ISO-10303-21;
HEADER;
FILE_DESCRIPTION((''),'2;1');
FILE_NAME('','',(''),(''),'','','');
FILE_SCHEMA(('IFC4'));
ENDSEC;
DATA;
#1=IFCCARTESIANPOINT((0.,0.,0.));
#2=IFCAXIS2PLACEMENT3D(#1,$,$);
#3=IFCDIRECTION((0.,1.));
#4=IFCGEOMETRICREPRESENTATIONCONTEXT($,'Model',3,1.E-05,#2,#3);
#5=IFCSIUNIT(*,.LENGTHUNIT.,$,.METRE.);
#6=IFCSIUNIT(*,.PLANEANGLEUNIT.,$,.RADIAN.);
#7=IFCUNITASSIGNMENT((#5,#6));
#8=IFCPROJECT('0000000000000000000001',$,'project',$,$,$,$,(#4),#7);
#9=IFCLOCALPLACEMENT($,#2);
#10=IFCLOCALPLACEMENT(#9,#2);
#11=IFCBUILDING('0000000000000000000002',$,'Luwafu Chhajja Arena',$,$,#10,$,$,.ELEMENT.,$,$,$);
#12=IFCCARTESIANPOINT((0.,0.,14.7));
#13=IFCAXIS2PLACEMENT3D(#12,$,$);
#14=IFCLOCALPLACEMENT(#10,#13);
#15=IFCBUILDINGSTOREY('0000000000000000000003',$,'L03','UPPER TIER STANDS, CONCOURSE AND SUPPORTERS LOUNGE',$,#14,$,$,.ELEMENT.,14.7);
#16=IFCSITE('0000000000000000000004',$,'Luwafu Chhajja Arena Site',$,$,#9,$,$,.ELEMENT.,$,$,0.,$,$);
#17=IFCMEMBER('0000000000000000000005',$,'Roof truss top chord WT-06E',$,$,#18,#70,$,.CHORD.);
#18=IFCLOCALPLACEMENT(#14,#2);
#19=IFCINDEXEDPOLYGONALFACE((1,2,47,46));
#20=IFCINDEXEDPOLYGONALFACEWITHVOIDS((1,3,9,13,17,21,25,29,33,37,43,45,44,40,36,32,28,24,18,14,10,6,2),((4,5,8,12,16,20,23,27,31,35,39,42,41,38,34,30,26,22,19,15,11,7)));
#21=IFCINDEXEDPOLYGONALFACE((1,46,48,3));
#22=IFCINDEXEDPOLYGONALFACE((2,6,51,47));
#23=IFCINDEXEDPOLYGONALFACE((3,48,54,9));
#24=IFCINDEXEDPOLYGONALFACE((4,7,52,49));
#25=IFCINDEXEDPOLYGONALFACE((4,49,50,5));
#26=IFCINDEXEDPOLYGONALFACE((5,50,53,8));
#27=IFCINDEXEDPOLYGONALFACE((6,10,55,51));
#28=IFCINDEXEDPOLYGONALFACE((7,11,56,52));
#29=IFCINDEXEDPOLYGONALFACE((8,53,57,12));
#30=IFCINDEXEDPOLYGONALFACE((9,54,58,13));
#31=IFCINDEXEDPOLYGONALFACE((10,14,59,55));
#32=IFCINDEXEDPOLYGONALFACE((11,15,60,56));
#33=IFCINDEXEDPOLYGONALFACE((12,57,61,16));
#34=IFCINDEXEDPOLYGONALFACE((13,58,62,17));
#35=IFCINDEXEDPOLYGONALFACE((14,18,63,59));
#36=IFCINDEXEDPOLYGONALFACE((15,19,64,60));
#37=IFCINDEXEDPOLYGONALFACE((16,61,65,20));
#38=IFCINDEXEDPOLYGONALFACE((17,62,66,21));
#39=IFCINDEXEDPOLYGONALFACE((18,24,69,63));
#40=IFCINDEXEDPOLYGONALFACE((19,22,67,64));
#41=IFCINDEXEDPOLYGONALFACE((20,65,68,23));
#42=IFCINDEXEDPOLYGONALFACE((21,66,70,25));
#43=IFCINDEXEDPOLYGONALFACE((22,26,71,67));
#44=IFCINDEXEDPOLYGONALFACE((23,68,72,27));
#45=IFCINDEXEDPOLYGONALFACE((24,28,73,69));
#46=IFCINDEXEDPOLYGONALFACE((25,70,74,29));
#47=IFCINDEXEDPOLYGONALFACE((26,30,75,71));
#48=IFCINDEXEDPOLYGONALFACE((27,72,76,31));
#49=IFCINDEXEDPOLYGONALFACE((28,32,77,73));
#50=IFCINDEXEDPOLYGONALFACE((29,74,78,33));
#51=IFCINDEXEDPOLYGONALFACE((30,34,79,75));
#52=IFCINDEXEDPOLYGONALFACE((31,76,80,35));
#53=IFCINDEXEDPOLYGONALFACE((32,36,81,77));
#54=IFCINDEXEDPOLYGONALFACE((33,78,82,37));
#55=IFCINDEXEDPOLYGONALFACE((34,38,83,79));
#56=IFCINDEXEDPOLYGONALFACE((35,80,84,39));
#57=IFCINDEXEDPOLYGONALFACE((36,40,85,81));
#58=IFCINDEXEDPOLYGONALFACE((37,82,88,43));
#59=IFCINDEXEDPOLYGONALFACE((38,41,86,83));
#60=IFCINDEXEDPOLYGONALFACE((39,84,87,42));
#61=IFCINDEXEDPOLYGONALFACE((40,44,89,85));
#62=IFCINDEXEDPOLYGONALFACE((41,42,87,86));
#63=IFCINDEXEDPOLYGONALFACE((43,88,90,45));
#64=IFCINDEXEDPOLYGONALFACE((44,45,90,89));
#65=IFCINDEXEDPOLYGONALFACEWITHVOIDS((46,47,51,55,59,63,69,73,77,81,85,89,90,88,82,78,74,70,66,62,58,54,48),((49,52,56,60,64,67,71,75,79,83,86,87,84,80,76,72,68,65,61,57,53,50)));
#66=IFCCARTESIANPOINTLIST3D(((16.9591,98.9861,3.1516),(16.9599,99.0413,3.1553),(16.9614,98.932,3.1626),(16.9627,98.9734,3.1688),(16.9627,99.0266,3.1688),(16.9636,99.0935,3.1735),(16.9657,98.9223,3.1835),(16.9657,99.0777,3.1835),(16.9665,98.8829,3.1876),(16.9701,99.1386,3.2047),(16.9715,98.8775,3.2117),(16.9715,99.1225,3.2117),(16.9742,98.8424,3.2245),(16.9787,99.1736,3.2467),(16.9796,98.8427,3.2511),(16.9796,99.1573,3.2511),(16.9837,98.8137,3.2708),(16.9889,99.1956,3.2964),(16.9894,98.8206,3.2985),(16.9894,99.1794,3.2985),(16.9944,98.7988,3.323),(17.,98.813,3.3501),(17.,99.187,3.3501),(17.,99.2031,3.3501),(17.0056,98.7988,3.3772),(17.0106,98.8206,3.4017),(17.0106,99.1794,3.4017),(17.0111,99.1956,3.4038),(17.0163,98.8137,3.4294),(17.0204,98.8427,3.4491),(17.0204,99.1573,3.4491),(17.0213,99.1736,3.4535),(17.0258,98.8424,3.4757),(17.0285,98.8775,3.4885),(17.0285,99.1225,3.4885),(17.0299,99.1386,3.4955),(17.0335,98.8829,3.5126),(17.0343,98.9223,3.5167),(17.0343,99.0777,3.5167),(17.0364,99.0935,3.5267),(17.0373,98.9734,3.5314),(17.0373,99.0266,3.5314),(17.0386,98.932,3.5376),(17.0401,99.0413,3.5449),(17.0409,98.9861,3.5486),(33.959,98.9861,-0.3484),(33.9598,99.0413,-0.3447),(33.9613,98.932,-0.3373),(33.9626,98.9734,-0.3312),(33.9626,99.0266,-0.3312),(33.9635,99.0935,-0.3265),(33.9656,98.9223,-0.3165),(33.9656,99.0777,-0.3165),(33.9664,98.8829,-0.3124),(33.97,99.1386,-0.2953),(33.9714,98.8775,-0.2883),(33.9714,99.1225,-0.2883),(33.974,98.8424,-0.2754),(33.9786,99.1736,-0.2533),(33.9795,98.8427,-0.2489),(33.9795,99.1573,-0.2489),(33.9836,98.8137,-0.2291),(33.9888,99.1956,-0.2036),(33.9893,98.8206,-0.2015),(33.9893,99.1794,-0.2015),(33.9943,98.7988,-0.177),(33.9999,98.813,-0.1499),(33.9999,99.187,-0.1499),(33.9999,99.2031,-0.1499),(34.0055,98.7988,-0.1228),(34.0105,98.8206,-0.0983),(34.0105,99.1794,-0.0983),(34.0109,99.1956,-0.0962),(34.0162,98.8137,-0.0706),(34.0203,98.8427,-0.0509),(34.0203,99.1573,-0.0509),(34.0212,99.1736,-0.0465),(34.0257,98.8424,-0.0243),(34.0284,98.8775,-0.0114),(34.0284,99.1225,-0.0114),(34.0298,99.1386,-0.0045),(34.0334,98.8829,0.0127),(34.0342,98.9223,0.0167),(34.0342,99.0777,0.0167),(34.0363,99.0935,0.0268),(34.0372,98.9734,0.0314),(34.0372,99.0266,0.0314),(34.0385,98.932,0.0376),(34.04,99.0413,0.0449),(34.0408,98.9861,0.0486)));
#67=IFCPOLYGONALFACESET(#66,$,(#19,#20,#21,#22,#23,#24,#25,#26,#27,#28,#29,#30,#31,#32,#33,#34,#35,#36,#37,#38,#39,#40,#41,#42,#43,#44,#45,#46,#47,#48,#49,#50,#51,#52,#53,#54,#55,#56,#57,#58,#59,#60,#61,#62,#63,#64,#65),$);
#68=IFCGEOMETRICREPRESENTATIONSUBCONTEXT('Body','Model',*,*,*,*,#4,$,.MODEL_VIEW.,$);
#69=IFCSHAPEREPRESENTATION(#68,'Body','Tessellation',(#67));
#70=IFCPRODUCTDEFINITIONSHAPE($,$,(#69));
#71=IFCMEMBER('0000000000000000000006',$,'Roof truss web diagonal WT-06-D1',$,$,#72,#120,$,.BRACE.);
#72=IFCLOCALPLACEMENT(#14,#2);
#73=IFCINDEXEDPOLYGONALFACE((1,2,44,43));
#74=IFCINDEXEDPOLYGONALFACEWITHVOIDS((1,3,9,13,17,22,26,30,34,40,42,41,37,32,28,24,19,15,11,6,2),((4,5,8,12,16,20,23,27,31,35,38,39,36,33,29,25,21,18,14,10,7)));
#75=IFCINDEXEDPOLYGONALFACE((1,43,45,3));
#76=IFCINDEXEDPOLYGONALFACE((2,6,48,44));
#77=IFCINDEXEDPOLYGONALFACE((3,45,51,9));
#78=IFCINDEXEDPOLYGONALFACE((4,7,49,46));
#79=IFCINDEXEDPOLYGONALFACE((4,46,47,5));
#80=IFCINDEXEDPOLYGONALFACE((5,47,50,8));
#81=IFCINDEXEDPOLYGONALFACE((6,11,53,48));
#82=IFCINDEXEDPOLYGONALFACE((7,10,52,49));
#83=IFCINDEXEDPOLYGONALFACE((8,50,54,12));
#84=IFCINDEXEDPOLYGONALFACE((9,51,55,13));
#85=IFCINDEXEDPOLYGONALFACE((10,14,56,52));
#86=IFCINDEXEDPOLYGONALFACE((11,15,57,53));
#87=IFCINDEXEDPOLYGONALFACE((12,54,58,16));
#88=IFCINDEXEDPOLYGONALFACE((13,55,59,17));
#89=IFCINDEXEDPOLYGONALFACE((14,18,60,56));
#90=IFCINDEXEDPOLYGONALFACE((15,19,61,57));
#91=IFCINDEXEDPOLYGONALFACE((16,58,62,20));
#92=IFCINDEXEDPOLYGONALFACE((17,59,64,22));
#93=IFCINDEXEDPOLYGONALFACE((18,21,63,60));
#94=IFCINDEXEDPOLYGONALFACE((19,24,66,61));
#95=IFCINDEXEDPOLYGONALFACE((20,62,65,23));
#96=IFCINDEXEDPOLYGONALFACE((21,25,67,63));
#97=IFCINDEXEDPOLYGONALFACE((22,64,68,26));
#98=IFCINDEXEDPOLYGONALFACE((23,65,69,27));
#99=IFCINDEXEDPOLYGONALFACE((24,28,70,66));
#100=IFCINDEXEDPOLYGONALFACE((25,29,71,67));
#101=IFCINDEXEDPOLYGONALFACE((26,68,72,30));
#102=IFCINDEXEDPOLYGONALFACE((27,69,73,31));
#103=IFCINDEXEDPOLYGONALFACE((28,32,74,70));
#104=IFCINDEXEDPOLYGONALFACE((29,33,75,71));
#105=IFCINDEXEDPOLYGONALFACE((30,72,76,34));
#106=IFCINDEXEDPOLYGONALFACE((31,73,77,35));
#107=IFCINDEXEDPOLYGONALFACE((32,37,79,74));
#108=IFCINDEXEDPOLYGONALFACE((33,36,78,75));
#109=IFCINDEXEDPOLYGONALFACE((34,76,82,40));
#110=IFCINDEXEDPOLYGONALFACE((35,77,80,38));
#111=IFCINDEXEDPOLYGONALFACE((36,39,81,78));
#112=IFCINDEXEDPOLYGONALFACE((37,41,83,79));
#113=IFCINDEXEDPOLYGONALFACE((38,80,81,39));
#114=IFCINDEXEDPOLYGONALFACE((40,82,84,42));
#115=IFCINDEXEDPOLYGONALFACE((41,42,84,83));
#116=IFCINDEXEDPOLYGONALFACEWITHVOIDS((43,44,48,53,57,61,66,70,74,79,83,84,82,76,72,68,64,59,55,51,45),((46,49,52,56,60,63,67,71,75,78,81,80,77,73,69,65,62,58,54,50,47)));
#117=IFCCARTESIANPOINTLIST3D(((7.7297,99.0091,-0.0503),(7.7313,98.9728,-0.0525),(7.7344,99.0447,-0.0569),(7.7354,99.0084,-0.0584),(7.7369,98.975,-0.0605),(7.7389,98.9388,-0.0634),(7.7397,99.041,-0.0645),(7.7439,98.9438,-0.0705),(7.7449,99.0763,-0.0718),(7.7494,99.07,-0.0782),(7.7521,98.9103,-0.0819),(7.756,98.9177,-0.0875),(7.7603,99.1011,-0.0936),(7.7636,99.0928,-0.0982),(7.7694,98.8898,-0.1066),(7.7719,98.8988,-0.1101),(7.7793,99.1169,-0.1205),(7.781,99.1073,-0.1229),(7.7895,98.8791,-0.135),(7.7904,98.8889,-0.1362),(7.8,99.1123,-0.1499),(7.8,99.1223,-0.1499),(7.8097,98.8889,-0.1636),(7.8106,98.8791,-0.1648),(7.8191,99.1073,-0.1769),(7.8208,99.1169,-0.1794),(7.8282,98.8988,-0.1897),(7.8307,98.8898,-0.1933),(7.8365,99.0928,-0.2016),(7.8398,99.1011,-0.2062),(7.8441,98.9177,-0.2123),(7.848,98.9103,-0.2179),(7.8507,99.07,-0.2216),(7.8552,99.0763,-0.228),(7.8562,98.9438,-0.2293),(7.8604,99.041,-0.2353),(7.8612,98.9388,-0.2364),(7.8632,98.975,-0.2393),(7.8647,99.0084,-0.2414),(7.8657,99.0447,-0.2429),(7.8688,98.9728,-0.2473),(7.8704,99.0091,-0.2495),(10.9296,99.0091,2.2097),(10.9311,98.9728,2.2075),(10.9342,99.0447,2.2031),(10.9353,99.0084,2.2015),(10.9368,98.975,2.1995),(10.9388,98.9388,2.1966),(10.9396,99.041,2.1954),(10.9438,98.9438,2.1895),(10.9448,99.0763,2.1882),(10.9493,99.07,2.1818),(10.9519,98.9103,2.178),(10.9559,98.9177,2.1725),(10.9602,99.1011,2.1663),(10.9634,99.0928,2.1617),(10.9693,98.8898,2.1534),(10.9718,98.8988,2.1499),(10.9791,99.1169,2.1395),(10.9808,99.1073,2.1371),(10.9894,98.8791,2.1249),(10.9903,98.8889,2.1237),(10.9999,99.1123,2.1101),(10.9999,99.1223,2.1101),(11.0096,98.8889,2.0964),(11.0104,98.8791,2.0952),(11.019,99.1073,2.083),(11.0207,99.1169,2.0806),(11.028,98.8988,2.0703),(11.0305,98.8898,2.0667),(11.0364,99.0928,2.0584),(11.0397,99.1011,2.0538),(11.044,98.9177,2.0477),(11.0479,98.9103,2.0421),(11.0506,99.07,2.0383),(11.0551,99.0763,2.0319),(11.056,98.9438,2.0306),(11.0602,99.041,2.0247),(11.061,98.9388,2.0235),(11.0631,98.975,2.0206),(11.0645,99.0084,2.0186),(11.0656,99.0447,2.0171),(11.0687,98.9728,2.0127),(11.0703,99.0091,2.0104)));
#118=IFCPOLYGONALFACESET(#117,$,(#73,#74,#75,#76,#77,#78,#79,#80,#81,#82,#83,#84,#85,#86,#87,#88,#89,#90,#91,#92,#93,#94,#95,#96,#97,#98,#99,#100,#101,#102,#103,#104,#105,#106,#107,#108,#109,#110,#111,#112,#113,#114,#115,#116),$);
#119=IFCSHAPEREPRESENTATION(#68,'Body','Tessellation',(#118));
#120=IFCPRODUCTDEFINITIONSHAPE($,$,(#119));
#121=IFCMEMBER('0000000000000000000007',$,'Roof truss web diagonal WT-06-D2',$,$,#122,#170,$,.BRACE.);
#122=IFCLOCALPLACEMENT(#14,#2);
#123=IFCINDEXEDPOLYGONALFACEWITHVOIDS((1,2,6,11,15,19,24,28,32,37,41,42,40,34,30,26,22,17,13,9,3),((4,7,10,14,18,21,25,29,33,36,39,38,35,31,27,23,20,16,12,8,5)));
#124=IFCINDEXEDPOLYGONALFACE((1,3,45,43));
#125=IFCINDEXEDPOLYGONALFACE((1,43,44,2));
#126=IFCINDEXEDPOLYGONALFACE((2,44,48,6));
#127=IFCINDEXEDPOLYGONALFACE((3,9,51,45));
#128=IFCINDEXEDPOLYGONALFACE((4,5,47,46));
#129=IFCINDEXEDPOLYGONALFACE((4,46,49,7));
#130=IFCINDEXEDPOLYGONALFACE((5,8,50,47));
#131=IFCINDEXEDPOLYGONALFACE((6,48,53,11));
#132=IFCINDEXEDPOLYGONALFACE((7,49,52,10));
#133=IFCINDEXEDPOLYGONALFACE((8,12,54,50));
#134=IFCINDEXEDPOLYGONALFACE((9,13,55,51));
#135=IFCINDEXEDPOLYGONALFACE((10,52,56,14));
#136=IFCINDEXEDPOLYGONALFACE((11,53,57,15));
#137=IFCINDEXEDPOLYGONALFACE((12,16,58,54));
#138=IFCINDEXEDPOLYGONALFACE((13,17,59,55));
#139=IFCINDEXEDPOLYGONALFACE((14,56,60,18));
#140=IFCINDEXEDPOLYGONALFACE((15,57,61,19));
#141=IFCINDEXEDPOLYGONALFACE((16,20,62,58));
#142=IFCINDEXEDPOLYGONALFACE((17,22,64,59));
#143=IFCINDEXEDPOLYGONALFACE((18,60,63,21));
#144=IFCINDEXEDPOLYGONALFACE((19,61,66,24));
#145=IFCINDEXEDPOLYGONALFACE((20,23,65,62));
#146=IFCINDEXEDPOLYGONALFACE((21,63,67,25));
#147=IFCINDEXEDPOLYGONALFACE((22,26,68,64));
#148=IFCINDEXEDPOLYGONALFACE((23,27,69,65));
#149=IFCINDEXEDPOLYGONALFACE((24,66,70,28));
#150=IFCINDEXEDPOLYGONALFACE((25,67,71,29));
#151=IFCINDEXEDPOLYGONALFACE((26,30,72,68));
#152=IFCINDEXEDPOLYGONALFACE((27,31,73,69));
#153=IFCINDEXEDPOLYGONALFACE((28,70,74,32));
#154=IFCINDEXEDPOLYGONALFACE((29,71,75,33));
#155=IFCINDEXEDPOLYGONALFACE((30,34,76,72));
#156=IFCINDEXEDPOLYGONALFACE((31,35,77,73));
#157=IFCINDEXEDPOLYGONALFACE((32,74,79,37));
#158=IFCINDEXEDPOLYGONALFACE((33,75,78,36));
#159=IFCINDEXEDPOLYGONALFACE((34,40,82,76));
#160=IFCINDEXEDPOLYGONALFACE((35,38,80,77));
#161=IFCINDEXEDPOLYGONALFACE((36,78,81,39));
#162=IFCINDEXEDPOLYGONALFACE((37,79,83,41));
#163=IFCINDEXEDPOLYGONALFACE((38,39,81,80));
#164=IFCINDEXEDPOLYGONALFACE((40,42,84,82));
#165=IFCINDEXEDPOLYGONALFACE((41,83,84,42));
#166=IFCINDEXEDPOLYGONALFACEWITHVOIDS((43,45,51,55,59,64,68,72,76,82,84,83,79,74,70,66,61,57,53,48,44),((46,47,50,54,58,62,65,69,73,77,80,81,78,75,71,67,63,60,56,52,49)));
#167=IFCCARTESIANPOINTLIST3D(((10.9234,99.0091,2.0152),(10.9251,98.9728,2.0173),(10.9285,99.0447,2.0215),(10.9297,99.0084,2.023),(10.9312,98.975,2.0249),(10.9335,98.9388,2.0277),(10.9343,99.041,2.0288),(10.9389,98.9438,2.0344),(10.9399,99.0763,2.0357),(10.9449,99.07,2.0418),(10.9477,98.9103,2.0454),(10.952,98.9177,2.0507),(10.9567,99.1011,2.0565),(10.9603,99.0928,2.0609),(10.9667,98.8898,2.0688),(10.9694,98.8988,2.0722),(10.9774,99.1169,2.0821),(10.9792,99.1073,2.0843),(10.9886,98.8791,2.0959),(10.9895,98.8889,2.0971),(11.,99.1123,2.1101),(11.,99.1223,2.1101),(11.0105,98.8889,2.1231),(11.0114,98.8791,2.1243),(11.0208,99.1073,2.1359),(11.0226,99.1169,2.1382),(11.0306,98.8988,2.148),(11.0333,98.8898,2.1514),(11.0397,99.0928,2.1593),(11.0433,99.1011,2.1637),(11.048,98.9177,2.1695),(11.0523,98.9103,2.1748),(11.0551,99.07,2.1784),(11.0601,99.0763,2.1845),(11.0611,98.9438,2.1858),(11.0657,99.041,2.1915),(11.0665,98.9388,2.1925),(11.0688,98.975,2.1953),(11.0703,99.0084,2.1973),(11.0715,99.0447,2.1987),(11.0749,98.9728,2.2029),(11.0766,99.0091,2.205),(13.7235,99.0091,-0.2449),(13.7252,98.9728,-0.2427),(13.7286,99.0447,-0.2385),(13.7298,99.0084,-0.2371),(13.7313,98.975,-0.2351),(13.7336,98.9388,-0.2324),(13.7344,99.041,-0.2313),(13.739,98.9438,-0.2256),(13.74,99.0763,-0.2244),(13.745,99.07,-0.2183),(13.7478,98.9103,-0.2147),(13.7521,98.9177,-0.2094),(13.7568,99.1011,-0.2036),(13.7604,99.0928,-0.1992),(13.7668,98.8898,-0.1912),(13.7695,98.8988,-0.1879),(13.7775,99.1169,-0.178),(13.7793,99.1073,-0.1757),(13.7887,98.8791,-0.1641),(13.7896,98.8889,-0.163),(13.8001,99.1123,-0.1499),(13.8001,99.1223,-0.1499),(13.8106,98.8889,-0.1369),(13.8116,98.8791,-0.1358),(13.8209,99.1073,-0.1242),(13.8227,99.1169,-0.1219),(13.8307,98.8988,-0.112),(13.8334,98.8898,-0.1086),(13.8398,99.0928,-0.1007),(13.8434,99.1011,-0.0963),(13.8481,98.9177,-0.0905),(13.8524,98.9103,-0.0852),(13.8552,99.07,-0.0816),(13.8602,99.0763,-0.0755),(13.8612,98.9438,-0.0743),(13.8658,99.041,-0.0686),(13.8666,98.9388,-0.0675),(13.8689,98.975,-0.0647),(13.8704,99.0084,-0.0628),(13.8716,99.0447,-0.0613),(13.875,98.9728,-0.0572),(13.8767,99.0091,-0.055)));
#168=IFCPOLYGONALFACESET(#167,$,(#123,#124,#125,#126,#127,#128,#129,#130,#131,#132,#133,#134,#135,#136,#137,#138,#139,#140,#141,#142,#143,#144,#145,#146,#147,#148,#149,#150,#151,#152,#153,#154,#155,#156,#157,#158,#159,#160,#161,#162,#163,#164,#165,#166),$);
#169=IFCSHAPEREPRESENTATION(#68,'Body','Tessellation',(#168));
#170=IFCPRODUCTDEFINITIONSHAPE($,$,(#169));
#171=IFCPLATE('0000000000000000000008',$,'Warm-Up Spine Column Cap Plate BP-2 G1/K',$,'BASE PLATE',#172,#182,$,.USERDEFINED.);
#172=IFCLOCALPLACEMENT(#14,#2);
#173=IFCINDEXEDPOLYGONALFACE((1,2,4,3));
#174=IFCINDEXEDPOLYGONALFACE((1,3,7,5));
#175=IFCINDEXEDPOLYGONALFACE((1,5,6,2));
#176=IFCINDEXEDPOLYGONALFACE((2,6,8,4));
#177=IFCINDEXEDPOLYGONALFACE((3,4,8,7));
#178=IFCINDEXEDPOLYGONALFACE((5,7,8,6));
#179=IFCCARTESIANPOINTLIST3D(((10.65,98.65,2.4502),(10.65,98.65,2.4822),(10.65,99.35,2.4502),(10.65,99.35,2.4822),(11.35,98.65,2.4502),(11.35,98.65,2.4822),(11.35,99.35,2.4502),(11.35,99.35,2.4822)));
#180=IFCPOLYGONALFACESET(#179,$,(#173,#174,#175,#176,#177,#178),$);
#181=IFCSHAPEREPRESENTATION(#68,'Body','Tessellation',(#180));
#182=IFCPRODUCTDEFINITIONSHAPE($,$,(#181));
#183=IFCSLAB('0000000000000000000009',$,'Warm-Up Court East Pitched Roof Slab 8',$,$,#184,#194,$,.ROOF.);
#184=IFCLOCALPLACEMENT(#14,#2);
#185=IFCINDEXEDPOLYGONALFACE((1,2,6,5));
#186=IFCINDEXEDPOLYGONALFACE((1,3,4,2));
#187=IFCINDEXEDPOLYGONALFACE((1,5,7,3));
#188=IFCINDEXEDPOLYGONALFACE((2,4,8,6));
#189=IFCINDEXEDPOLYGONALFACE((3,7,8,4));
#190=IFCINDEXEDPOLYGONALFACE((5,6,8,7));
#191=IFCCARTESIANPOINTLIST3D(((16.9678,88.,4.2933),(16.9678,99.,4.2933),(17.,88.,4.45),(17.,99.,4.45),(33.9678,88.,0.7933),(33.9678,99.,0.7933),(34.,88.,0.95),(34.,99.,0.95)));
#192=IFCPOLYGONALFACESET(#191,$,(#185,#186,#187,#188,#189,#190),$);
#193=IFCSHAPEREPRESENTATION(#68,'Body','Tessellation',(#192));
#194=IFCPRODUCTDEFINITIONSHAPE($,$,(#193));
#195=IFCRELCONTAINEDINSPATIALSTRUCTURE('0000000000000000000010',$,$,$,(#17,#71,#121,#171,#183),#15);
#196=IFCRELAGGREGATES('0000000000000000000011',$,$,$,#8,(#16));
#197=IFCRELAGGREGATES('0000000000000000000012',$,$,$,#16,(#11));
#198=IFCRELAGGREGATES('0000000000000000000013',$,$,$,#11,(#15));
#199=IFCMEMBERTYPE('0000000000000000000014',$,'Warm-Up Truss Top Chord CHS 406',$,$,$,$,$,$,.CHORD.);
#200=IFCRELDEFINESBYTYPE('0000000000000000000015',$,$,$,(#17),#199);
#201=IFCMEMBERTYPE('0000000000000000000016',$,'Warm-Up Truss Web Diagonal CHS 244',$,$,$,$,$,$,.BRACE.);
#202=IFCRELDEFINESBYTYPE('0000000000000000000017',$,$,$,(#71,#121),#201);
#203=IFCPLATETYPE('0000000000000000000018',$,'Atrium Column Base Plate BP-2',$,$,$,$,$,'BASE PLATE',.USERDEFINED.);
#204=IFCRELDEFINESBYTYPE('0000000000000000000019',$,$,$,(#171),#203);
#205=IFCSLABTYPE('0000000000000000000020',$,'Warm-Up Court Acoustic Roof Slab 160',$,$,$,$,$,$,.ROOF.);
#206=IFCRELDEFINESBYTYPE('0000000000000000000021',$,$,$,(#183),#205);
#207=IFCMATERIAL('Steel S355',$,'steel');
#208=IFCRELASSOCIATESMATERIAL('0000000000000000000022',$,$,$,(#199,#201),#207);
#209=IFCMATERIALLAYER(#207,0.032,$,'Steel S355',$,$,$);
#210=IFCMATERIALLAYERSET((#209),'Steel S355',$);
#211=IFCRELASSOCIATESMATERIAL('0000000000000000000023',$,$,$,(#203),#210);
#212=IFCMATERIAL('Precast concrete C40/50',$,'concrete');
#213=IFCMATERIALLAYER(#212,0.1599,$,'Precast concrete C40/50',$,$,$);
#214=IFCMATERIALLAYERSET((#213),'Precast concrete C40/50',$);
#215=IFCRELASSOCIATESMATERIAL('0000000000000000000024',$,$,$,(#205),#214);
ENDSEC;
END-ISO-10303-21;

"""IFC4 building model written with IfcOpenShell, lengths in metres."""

from ifc_helpers import new_model, si_unit, direction, frame, origin, origin_2d, place, context, subcontext, project, spatial, polyline, rectangle, hollow_circle, outline, extrude, material, layer, layer_set, material_profile, profile_set, type_object, element, save


model = new_model("IFC4")

# Units and contexts
model_context = context("Model", 3, precision=1e-05, world=origin(), true_north=direction((0.0, 1.0)))
body_context = subcontext(model_context, "Body", "Model", "MODEL_VIEW")
ifc_project = project(units=[si_unit("LENGTHUNIT", "METRE"), si_unit("PLANEANGLEUNIT", "RADIAN")], contexts=[model_context])

# Site, building, storey
site_placement = place(None, origin())
site = spatial("IfcSite", under=ifc_project, at=site_placement, Name="Luwafu Chhajja Arena Site", CompositionType="ELEMENT", RefElevation=0.0)
building_placement = place(site_placement, origin())
building = spatial("IfcBuilding", under=site, at=building_placement, Name="Luwafu Chhajja Arena", CompositionType="ELEMENT")
storey_placement = place(building_placement, frame((0.0, 0.0, 14.7)))
storey = spatial("IfcBuildingStorey", under=building, at=storey_placement, Name="L03", Description="UPPER TIER STANDS, CONCOURSE AND SUPPORTERS LOUNGE", CompositionType="ELEMENT", Elevation=14.7)

# Shared definitions
ifc_material_1 = material(Name="Steel S355", Category="steel")

# Members
ifc_material_profile_1 = material_profile(ifc_material_1, hollow_circle(Radius=0.2031, WallThickness=0.0161, at=origin_2d()), Name="CHS 406.4x16")
ifc_profile_set_1 = profile_set([ifc_material_profile_1], Name="Steel S355")
member_type_1 = type_object("IfcMemberType", Name="Warm-Up Truss Top Chord CHS 406", PredefinedType="CHORD", material=ifc_profile_set_1)
for number, where, z_axis, x_axis, name in (
    (1, (17.0, 99.0, 3.3501), (0.979457, 0.0, -0.201653), (0.0, 1.0, 0.0), "Roof truss top chord WT-06E"),
):
    element("IfcMember", number, at=place(storey_placement, frame(where, z_axis=z_axis, x_axis=x_axis)), inside=storey, type_object=member_type_1, Name=name, PredefinedType="CHORD", context=body_context, shape_type="SweptSolid", body=[
        extrude(hollow_circle(Radius=0.2031, WallThickness=0.0161, at=origin_2d()), origin(), (0.0, 0.0, 1.0), 17.3564),
    ])
ifc_material_profile_2 = material_profile(ifc_material_1, hollow_circle(Radius=0.1223, WallThickness=0.01, at=origin_2d()), Name="CHS 244.5x10")
ifc_profile_set_2 = profile_set([ifc_material_profile_2], Name="Steel S355")
member_type_2 = type_object("IfcMemberType", Name="Warm-Up Truss Web Diagonal CHS 244", PredefinedType="BRACE", material=ifc_profile_set_2)
member_1_placement = place(storey_placement, frame((7.8, 99.0, -0.1499), z_axis=(0.816821, 0.0, 0.576891), x_axis=(0.0, 1.0, 0.0)))
element("IfcMember", 2, at=member_1_placement, inside=storey, type_object=member_type_2, Name="Roof truss web diagonal WT-06-D1", PredefinedType="BRACE", context=body_context, shape_type="SweptSolid", body=[
    extrude(hollow_circle(Radius=0.1223, WallThickness=0.01, at=origin_2d()), origin(), (0.0, 0.0, 1.0), 3.9175),
])
member_2_placement = place(storey_placement, frame((11.0, 99.0, 2.1101), z_axis=(0.778154, 0.0, -0.628073), x_axis=(0.0, 1.0, 0.0)))
element("IfcMember", 3, at=member_2_placement, inside=storey, type_object=member_type_2, Name="Roof truss web diagonal WT-06-D2", PredefinedType="BRACE", context=body_context, shape_type="SweptSolid", body=[
    extrude(hollow_circle(Radius=0.1223, WallThickness=0.01, at=origin_2d()), origin(), (0.0, 0.0, 1.0), 3.5984),
])

# Plate
ifc_layer_1 = layer(ifc_material_1, 0.032, Name="Steel S355")
ifc_layer_set_1 = layer_set([ifc_layer_1], Name="Steel S355")
plate_type_1 = type_object("IfcPlateType", Name="Atrium Column Base Plate BP-2", ElementType="BASE PLATE", PredefinedType="USERDEFINED", material=ifc_layer_set_1)
plate_placement = place(storey_placement, frame((11.0, 99.0, 2.4502), z_axis=(0.0, 0.0, 1.0), x_axis=(1.0, 0.0, 0.0)))
element("IfcPlate", 4, at=plate_placement, inside=storey, type_object=plate_type_1, Name="Warm-Up Spine Column Cap Plate BP-2 G1/K", ObjectType="BASE PLATE", PredefinedType="USERDEFINED", context=body_context, shape_type="SweptSolid", body=[
    extrude(rectangle(XDim=0.7, YDim=0.7, at=origin_2d()), origin(), (0.0, 0.0, 1.0), 0.032),
])

# Slab
ifc_material_2 = material(Name="Precast concrete C40/50", Category="concrete")
ifc_layer_2 = layer(ifc_material_2, 0.1599, Name="Precast concrete C40/50")
ifc_layer_set_2 = layer_set([ifc_layer_2], Name="Precast concrete C40/50")
slab_type = type_object("IfcSlabType", Name="Warm-Up Court Acoustic Roof Slab 160", PredefinedType="ROOF", material=ifc_layer_set_2)
slab_placement = place(storey_placement, frame((17.0, 88.0, 4.45), z_axis=(0.201653, 0.0, 0.979457), x_axis=(0.979457, 0.0, -0.201653)))
element("IfcSlab", 5, at=slab_placement, inside=storey, type_object=slab_type, Name="Warm-Up Court East Pitched Roof Slab 8", PredefinedType="ROOF", context=body_context, shape_type="SweptSolid", body=[
    extrude(outline(polyline([(0.0, 0.0), (17.3566, 0.0), (17.3566, 11.0), (0.0, 11.0), (0.0, 0.0)])), origin(), (0.0, 0.0, -1.0), 0.1599),
])

save(model, "model.ifc")
